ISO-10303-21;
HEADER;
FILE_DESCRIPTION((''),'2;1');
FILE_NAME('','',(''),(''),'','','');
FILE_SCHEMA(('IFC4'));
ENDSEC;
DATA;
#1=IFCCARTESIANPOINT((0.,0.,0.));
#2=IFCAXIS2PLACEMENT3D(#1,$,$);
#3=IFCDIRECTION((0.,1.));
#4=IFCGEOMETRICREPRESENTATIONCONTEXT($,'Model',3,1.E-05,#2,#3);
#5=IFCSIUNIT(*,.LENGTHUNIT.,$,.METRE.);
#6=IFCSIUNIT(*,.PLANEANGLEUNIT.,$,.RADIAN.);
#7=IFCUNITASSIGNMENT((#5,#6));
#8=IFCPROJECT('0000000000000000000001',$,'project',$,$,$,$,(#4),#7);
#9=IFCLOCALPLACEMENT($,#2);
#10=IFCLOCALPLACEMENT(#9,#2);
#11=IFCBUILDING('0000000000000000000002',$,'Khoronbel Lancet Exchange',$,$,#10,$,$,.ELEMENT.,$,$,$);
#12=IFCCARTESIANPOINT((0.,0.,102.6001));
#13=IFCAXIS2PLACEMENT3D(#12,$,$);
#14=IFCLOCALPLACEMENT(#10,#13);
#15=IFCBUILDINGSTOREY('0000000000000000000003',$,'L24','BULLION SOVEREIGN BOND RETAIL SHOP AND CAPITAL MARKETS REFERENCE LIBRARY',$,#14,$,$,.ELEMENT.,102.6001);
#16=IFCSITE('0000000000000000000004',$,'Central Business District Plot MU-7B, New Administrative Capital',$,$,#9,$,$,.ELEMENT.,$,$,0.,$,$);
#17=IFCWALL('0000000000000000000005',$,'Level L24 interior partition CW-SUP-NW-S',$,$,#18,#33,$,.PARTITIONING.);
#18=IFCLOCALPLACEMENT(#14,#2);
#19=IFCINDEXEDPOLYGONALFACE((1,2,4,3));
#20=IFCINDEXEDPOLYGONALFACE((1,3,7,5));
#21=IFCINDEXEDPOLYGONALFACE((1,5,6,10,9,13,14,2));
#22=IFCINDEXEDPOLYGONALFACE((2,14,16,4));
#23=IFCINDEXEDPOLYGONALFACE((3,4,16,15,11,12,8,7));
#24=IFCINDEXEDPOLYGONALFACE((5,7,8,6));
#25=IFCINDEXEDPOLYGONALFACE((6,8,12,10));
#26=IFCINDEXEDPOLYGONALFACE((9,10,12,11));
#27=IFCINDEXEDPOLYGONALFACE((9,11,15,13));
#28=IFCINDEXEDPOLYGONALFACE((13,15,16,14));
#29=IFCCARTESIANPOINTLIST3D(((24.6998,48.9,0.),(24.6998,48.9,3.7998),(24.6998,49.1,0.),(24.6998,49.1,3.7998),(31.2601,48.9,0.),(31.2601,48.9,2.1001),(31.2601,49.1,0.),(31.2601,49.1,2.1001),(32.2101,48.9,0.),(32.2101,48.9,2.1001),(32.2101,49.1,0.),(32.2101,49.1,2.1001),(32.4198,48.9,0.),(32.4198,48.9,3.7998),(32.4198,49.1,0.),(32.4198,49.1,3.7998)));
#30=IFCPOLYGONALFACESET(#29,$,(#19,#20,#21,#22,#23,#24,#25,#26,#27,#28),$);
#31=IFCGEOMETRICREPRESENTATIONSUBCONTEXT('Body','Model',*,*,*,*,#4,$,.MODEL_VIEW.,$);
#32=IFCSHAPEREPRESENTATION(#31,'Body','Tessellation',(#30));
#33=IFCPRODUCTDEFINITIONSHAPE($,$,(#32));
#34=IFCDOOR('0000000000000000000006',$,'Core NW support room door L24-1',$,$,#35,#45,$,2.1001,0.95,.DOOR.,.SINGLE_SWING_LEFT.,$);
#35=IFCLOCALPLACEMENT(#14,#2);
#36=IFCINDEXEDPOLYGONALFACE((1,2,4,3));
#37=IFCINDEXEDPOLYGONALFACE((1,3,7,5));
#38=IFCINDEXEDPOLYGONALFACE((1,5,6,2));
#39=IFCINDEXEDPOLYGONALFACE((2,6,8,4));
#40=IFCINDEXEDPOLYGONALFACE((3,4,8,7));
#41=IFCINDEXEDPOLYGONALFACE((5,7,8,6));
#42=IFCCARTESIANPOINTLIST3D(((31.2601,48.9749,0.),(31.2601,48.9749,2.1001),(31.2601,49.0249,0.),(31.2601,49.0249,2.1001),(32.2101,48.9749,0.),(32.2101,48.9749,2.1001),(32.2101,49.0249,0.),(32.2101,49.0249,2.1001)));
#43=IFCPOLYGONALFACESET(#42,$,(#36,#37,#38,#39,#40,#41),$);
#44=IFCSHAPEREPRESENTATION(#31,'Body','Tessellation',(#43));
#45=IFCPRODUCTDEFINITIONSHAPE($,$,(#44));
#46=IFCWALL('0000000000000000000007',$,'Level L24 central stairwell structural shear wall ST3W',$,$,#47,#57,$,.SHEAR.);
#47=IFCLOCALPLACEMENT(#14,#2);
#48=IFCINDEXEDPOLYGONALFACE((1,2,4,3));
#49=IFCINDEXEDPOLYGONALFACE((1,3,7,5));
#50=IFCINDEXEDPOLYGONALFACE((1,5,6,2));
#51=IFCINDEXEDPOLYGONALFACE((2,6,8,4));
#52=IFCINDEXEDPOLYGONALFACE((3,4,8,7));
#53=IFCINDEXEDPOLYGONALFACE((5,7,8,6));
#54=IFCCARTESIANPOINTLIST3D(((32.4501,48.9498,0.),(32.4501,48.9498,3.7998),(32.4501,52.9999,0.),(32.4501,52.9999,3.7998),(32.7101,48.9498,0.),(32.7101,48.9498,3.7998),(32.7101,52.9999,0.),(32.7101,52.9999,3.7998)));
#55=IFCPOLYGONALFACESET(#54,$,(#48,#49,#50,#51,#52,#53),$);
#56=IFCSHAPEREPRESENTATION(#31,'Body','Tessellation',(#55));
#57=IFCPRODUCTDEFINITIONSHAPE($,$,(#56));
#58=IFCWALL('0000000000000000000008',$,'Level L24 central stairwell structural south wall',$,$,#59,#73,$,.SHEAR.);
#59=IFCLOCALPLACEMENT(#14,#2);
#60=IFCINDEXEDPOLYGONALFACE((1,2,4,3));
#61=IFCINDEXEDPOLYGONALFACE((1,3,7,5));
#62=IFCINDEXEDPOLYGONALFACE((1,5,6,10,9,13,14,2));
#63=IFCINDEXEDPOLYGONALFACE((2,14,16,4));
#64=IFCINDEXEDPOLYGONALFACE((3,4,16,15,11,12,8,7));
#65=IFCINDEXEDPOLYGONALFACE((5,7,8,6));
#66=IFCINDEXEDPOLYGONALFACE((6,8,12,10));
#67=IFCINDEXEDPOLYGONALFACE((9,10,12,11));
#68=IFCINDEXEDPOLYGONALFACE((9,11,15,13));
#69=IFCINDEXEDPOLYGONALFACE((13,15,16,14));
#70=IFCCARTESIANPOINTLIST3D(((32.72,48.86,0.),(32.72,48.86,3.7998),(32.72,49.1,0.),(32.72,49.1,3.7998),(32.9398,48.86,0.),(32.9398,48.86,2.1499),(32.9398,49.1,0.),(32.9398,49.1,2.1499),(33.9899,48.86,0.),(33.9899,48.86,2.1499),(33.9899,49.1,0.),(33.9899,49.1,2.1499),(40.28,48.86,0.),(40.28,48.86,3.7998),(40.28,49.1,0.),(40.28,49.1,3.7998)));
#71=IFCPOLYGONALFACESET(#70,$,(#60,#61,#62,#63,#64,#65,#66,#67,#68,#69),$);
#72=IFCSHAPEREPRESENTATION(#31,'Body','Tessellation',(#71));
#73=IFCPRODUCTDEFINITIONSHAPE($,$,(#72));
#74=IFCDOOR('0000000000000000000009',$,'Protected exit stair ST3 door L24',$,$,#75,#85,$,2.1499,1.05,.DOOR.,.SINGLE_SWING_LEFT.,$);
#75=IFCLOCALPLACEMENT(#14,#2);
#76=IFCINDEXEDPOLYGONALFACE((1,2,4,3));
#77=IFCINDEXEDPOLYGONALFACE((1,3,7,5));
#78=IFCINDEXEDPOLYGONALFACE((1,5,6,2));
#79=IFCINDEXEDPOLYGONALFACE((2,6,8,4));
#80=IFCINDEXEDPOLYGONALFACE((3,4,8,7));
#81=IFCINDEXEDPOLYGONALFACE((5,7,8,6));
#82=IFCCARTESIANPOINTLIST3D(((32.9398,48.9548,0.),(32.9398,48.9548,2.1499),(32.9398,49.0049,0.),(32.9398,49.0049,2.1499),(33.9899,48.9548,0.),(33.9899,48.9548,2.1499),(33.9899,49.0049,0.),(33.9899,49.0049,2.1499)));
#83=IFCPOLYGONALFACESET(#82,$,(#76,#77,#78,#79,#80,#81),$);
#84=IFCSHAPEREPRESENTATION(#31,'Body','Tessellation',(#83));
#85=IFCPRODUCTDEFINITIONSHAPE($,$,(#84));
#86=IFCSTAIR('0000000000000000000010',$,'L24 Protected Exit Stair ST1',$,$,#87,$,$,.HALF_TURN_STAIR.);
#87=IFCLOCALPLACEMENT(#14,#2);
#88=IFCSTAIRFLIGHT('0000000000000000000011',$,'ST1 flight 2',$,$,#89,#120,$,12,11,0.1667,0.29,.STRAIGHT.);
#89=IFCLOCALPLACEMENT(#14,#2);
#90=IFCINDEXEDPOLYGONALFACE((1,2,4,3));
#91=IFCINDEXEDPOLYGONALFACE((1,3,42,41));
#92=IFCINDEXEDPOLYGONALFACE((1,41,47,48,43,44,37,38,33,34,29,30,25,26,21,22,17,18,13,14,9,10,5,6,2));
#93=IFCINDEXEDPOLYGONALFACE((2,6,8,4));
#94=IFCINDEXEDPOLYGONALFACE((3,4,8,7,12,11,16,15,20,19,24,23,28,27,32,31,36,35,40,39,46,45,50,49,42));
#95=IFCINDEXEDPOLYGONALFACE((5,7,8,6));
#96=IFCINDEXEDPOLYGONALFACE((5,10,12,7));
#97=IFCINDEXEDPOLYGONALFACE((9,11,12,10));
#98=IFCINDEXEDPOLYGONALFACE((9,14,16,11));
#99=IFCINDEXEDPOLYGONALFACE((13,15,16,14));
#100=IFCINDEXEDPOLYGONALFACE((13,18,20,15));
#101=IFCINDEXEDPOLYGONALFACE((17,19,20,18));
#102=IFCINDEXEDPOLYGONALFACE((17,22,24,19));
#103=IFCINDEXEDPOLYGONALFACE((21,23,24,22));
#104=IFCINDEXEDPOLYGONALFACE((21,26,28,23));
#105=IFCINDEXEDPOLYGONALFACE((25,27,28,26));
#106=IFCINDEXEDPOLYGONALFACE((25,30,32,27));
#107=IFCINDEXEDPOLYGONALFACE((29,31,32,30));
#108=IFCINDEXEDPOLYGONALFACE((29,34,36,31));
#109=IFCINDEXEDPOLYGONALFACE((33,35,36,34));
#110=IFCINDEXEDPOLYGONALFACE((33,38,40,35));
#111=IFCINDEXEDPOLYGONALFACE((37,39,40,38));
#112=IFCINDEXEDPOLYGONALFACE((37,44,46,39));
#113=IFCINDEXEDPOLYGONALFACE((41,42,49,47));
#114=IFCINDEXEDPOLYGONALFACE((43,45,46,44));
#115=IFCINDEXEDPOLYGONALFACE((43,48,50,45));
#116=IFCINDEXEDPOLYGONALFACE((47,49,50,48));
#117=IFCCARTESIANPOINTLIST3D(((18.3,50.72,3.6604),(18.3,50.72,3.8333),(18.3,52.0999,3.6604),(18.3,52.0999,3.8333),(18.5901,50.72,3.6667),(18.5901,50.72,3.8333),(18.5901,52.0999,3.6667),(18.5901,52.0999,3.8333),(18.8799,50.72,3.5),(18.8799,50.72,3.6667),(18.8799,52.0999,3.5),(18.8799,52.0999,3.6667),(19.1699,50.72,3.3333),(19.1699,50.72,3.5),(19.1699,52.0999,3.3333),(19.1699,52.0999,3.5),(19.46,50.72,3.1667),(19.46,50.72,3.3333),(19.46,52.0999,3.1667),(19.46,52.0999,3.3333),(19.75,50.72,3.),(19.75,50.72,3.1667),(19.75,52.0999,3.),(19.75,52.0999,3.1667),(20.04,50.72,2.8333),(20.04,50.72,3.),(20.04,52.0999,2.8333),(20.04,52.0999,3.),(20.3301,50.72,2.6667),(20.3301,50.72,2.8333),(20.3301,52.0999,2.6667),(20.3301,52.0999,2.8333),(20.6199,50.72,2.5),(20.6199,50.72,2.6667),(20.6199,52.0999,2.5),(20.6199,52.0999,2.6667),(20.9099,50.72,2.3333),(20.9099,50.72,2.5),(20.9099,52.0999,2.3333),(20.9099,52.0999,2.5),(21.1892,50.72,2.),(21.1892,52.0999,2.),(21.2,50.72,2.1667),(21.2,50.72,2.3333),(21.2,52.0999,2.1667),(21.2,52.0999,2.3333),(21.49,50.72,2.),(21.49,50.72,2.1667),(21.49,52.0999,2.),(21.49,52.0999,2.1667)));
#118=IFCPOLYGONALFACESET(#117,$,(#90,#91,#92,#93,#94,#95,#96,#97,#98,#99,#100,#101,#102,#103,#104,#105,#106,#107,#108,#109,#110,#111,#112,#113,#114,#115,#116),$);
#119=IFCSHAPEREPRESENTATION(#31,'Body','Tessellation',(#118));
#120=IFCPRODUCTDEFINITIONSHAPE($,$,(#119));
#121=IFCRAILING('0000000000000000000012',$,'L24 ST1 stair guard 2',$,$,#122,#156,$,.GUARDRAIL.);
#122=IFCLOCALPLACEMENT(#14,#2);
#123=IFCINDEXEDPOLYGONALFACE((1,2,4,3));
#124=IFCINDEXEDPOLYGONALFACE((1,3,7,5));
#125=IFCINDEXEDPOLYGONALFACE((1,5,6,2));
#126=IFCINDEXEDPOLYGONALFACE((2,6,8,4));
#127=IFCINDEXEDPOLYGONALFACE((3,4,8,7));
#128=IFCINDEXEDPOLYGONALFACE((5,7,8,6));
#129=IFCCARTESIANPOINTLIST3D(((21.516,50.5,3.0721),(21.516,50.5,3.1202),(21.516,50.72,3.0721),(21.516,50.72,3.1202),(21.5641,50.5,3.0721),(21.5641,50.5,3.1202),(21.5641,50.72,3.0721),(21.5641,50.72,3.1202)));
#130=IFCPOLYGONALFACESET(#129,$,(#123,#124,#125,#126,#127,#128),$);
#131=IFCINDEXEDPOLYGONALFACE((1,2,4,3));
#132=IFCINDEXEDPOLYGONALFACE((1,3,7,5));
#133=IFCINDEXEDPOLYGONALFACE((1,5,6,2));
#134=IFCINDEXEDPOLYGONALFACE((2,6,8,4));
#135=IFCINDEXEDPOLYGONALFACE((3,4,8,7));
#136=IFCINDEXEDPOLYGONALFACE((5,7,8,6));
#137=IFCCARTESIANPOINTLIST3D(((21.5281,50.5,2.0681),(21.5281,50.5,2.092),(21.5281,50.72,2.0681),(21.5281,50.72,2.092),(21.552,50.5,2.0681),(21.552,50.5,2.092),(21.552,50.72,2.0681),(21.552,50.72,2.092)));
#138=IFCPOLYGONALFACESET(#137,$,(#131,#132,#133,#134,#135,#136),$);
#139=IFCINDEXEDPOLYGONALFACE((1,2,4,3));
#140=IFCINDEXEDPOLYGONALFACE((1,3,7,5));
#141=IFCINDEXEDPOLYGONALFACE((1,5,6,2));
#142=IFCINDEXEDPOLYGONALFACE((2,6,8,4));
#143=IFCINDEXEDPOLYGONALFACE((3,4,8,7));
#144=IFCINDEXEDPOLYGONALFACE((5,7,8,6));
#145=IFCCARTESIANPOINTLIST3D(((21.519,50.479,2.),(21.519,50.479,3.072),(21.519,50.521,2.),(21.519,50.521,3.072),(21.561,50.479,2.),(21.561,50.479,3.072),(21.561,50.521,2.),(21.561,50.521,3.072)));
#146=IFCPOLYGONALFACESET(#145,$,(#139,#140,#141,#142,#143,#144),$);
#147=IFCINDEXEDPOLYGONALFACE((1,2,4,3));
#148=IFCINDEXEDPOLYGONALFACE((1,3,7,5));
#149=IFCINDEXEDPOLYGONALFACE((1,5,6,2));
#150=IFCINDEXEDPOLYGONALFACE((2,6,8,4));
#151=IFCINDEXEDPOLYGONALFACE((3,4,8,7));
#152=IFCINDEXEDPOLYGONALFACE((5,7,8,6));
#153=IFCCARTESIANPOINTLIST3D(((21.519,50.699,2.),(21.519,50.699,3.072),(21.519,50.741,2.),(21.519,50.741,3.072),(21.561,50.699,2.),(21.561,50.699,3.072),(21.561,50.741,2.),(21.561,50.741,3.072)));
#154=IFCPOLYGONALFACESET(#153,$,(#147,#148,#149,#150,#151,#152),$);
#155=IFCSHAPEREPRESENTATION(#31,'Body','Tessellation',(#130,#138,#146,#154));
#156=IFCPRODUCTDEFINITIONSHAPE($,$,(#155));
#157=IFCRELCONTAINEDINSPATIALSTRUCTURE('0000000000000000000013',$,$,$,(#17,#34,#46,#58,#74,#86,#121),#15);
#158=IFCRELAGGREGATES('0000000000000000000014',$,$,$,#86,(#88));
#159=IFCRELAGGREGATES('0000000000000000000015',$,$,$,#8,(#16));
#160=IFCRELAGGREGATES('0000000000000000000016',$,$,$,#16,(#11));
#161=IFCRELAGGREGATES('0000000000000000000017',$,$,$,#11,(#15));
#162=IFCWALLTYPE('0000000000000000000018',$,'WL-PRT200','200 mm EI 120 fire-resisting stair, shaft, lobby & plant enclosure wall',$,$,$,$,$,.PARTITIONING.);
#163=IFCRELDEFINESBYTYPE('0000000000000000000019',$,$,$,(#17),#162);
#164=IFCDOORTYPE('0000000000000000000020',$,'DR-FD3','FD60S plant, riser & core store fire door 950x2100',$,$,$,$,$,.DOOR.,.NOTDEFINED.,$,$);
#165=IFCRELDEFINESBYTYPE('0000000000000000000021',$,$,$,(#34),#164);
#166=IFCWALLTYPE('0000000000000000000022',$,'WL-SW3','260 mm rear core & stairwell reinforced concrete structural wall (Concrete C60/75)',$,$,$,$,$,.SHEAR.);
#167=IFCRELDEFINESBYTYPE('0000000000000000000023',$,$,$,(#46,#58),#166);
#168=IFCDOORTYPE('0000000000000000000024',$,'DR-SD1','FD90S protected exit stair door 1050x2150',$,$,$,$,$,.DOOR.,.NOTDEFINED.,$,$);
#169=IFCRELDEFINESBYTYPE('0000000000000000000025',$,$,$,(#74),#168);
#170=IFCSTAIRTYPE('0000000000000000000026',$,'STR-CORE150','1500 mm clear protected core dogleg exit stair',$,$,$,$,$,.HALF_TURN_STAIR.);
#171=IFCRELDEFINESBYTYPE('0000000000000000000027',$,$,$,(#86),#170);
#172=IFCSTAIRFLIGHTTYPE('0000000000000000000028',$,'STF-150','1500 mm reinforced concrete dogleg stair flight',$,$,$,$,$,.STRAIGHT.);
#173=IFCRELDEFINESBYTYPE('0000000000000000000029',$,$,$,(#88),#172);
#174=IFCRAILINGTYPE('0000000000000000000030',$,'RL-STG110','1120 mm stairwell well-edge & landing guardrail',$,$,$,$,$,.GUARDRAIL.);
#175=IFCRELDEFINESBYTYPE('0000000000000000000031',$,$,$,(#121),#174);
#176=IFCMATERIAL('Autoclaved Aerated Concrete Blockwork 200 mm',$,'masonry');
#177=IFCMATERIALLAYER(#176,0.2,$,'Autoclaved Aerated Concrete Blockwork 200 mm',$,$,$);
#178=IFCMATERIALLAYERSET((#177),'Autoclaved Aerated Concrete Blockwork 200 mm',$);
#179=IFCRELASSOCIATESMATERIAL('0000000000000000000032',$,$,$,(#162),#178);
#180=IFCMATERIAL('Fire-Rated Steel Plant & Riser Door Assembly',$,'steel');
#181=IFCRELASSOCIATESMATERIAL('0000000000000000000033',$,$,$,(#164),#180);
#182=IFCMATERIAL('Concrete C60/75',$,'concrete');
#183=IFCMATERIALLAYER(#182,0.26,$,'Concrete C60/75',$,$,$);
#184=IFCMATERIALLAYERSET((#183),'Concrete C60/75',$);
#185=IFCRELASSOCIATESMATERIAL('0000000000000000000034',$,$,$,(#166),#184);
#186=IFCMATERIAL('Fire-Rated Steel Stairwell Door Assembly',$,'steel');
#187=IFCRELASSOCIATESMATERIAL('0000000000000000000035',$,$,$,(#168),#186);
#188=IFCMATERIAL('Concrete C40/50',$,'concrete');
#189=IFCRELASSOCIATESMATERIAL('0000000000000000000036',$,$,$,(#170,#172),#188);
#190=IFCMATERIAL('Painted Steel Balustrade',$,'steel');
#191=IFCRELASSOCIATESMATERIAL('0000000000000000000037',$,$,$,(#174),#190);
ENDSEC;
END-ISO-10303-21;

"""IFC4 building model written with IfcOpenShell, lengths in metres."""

from ifc_helpers import new_model, si_unit, direction, frame, frame_2d, origin, origin_2d, place, context, subcontext, project, spatial, polyline, rectangle, outline, extrude, material, layer, layer_set, type_object, element, fill, aggregate, save


model = new_model("IFC4")

# Units and contexts
model_context = context("Model", 3, precision=1e-05, world=origin(), true_north=direction((0.0, 1.0)))
body_context = subcontext(model_context, "Body", "Model", "MODEL_VIEW")
ifc_project = project(units=[si_unit("LENGTHUNIT", "METRE"), si_unit("PLANEANGLEUNIT", "RADIAN")], contexts=[model_context])

# Site, building, storey
site_placement = place(None, origin())
site = spatial("IfcSite", under=ifc_project, at=site_placement, Name="Central Business District Plot MU-7B, New Administrative Capital", CompositionType="ELEMENT", RefElevation=0.0)
building_placement = place(site_placement, origin())
building = spatial("IfcBuilding", under=site, at=building_placement, Name="Khoronbel Lancet Exchange", CompositionType="ELEMENT")
storey_placement = place(building_placement, frame((0.0, 0.0, 102.6001)))
storey = spatial("IfcBuildingStorey", under=building, at=storey_placement, Name="L24", Description="BULLION SOVEREIGN BOND RETAIL SHOP AND CAPITAL MARKETS REFERENCE LIBRARY", CompositionType="ELEMENT", Elevation=102.6001)

# Shared definitions
ifc_material_1 = material(Name="Autoclaved Aerated Concrete Blockwork 200 mm", Category="masonry")
ifc_layer_1 = layer(ifc_material_1, 0.2, Name="Autoclaved Aerated Concrete Blockwork 200 mm")
ifc_layer_set_1 = layer_set([ifc_layer_1], Name="Autoclaved Aerated Concrete Blockwork 200 mm")
wall_type_1 = type_object("IfcWallType", Name="WL-PRT200", Description="200 mm EI 120 fire-resisting stair, shaft, lobby & plant enclosure wall", PredefinedType="PARTITIONING", material=ifc_layer_set_1)

# Wall, opening, door
wall_1_placement = place(storey_placement, frame((24.7, 49.0, 0.0), z_axis=(0.0, 0.0, 1.0), x_axis=(1.0, 0.0, 0.0)))
wall_1 = element("IfcWall", 1, at=wall_1_placement, inside=storey, type_object=wall_type_1, Name="Level L24 interior partition CW-SUP-NW-S", PredefinedType="PARTITIONING", context=body_context, shape_type="SweptSolid", body=[
    extrude(rectangle(XDim=7.72, YDim=0.2, at=frame_2d((3.8599, 0.0))), origin(), (0.0, 0.0, 1.0), 3.7998),
])
opening_1_placement = place(wall_1_placement, frame((6.5601, 0.0, 0.0)))
opening_1 = element("IfcOpeningElement", 2, at=opening_1_placement, cuts=wall_1, PredefinedType="OPENING", context=body_context, shape_type="SweptSolid", body=[
    extrude(rectangle(XDim=0.95, YDim=2.1001, at=frame_2d((0.4751, 1.05))), frame((0.0, 0.1099, 0.0), z_axis=(0.0, -1.0, 0.0), x_axis=(1.0, 0.0, 0.0)), (0.0, 0.0, 1.0), 0.22),
])
ifc_material_2 = material(Name="Fire-Rated Steel Plant & Riser Door Assembly", Category="steel")
door_type_1 = type_object("IfcDoorType", Name="DR-FD3", Description="FD60S plant, riser & core store fire door 950x2100", OperationType="NOTDEFINED", PredefinedType="DOOR", material=ifc_material_2)
door_1_placement = place(opening_1_placement, origin())
door_1 = element("IfcDoor", 3, at=door_1_placement, inside=storey, type_object=door_type_1, Name="Core NW support room door L24-1", OperationType="SINGLE_SWING_LEFT", OverallHeight=2.1001, OverallWidth=0.95, PredefinedType="DOOR", context=body_context, shape_type="SweptSolid", body=[
    extrude(rectangle(XDim=0.95, YDim=2.1001, at=frame_2d((0.4751, 1.05))), frame((0.0, 0.0249, 0.0), z_axis=(0.0, -1.0, 0.0), x_axis=(1.0, 0.0, 0.0)), (0.0, 0.0, 1.0), 0.05),
])
fill(opening_1, door_1)

# Wall
ifc_material_3 = material(Name="Concrete C60/75", Category="concrete")
ifc_layer_2 = layer(ifc_material_3, 0.26, Name="Concrete C60/75")
ifc_layer_set_2 = layer_set([ifc_layer_2], Name="Concrete C60/75")
wall_type_2 = type_object("IfcWallType", Name="WL-SW3", Description="260 mm rear core & stairwell reinforced concrete structural wall (Concrete C60/75)", PredefinedType="SHEAR", material=ifc_layer_set_2)
wall_2_placement = place(storey_placement, frame((32.5801, 48.95, 0.0), z_axis=(0.0, 0.0, 1.0), x_axis=(0.0, 1.0, 0.0)))
element("IfcWall", 4, at=wall_2_placement, inside=storey, type_object=wall_type_2, Name="Level L24 central stairwell structural shear wall ST3W", PredefinedType="SHEAR", context=body_context, shape_type="SweptSolid", body=[
    extrude(rectangle(XDim=4.05, YDim=0.26, at=frame_2d((2.0249, 0.0))), origin(), (0.0, 0.0, 1.0), 3.7998),
])

# Wall, opening, door
wall_3_placement = place(storey_placement, frame((32.72, 48.98, 0.0), z_axis=(0.0, 0.0, 1.0), x_axis=(1.0, 0.0, 0.0)))
wall_3 = element("IfcWall", 5, at=wall_3_placement, inside=storey, type_object=wall_type_2, Name="Level L24 central stairwell structural south wall", PredefinedType="SHEAR", context=body_context, shape_type="SweptSolid", body=[
    extrude(rectangle(XDim=7.5601, YDim=0.24, at=frame_2d((3.78, 0.0))), origin(), (0.0, 0.0, 1.0), 3.7998),
])
opening_2_placement = place(wall_3_placement, frame((0.22, 0.0, 0.0)))
opening_2 = element("IfcOpeningElement", 6, at=opening_2_placement, cuts=wall_3, PredefinedType="OPENING", context=body_context, shape_type="SweptSolid", body=[
    extrude(rectangle(XDim=1.05, YDim=2.1499, at=frame_2d((0.5249, 1.075))), frame((0.0, 0.1299, 0.0), z_axis=(0.0, -1.0, 0.0), x_axis=(1.0, 0.0, 0.0)), (0.0, 0.0, 1.0), 0.26),
])
ifc_material_4 = material(Name="Fire-Rated Steel Stairwell Door Assembly", Category="steel")
door_type_2 = type_object("IfcDoorType", Name="DR-SD1", Description="FD90S protected exit stair door 1050x2150", OperationType="NOTDEFINED", PredefinedType="DOOR", material=ifc_material_4)
door_2_placement = place(opening_2_placement, origin())
door_2 = element("IfcDoor", 7, at=door_2_placement, inside=storey, type_object=door_type_2, Name="Protected exit stair ST3 door L24", OperationType="SINGLE_SWING_LEFT", OverallHeight=2.1499, OverallWidth=1.05, PredefinedType="DOOR", context=body_context, shape_type="SweptSolid", body=[
    extrude(rectangle(XDim=1.05, YDim=2.1499, at=frame_2d((0.5249, 1.075))), frame((0.0, 0.0249, 0.0), z_axis=(0.0, -1.0, 0.0), x_axis=(1.0, 0.0, 0.0)), (0.0, 0.0, 1.0), 0.05),
])
fill(opening_2, door_2)

# Stair, stair flight
ifc_material_5 = material(Name="Concrete C40/50", Category="concrete")
stair_type = type_object("IfcStairType", Name="STR-CORE150", Description="1500 mm clear protected core dogleg exit stair", PredefinedType="HALF_TURN_STAIR", material=ifc_material_5)
stair_placement = place(storey_placement, origin())
stair = element("IfcStair", 8, at=stair_placement, inside=storey, type_object=stair_type, Name="L24 Protected Exit Stair ST1", PredefinedType="HALF_TURN_STAIR")
stair_flight_type = type_object("IfcStairFlightType", Name="STF-150", Description="1500 mm reinforced concrete dogleg stair flight", PredefinedType="STRAIGHT", material=ifc_material_5)
stair_flight_placement = place(storey_placement, frame((21.49, 51.4099, 2.0), z_axis=(0.0, 0.0, 1.0), x_axis=(-1.0, 0.0, 0.0)))
stair_flight = element("IfcStairFlight", 9, at=stair_flight_placement, type_object=stair_flight_type, Name="ST1 flight 2", NumberOfRisers=12, NumberOfTreads=11, PredefinedType="STRAIGHT", RiserHeight=0.1667, TreadLength=0.29, context=body_context, shape_type="SweptSolid", body=[
    extrude(outline(polyline([(0.0, 0.0), (0.0, 0.1667), (0.29, 0.1667), (0.29, 0.3333), (0.5801, 0.3333), (0.5801, 0.5), (0.8701, 0.5), (0.8701, 0.6667), (1.1599, 0.6667), (1.1599, 0.8333), (1.45, 0.8333), (1.45, 1.0), (1.74, 1.0), (1.74, 1.1667), (2.03, 1.1667), (2.03, 1.3333), (2.3201, 1.3333), (2.3201, 1.5), (2.6101, 1.5), (2.6101, 1.6667), (2.8999, 1.6667), (2.8999, 1.8333), (3.1899, 1.8333), (3.1899, 2.0), (3.1899, 1.6604), (0.3008, 0.0), (0.0, 0.0)])), frame((0.0, 0.6899, 0.0), z_axis=(0.0, -1.0, 0.0), x_axis=(1.0, 0.0, 0.0)), (0.0, 0.0, 1.0), 1.3799),
])
aggregate(stair, [stair_flight])

# Railing
ifc_material_6 = material(Name="Painted Steel Balustrade", Category="steel")
railing_type_1 = type_object("IfcRailingType", Name="RL-STG110", Description="1120 mm stairwell well-edge & landing guardrail", PredefinedType="GUARDRAIL", material=ifc_material_6)
railing_1_placement = place(storey_placement, frame((21.54, 50.5, 2.0)))
element("IfcRailing", 10, at=railing_1_placement, inside=storey, type_object=railing_type_1, Name="L24 ST1 stair guard 2", PredefinedType="GUARDRAIL", context=body_context, shape_type="SweptSolid", body=[
    extrude(rectangle(XDim=0.0481, YDim=0.0481, at=origin_2d()), frame((0.0, 0.0, 1.0962), z_axis=(0.0, 1.0, 0.0), x_axis=(-1.0, 0.0, 0.0)), (0.0, 0.0, 1.0), 0.22),
    extrude(rectangle(XDim=0.0239, YDim=0.0239, at=origin_2d()), frame((0.0, 0.0, 0.0801), z_axis=(0.0, 1.0, 0.0), x_axis=(-1.0, 0.0, 0.0)), (0.0, 0.0, 1.0), 0.22),
    extrude(rectangle(XDim=0.042, YDim=0.042, at=origin_2d()), origin(), (0.0, 0.0, 1.0), 1.072),
    extrude(rectangle(XDim=0.042, YDim=0.042, at=origin_2d()), frame((0.0, 0.22, 0.0)), (0.0, 0.0, 1.0), 1.072),
])

save(model, "model.ifc")
